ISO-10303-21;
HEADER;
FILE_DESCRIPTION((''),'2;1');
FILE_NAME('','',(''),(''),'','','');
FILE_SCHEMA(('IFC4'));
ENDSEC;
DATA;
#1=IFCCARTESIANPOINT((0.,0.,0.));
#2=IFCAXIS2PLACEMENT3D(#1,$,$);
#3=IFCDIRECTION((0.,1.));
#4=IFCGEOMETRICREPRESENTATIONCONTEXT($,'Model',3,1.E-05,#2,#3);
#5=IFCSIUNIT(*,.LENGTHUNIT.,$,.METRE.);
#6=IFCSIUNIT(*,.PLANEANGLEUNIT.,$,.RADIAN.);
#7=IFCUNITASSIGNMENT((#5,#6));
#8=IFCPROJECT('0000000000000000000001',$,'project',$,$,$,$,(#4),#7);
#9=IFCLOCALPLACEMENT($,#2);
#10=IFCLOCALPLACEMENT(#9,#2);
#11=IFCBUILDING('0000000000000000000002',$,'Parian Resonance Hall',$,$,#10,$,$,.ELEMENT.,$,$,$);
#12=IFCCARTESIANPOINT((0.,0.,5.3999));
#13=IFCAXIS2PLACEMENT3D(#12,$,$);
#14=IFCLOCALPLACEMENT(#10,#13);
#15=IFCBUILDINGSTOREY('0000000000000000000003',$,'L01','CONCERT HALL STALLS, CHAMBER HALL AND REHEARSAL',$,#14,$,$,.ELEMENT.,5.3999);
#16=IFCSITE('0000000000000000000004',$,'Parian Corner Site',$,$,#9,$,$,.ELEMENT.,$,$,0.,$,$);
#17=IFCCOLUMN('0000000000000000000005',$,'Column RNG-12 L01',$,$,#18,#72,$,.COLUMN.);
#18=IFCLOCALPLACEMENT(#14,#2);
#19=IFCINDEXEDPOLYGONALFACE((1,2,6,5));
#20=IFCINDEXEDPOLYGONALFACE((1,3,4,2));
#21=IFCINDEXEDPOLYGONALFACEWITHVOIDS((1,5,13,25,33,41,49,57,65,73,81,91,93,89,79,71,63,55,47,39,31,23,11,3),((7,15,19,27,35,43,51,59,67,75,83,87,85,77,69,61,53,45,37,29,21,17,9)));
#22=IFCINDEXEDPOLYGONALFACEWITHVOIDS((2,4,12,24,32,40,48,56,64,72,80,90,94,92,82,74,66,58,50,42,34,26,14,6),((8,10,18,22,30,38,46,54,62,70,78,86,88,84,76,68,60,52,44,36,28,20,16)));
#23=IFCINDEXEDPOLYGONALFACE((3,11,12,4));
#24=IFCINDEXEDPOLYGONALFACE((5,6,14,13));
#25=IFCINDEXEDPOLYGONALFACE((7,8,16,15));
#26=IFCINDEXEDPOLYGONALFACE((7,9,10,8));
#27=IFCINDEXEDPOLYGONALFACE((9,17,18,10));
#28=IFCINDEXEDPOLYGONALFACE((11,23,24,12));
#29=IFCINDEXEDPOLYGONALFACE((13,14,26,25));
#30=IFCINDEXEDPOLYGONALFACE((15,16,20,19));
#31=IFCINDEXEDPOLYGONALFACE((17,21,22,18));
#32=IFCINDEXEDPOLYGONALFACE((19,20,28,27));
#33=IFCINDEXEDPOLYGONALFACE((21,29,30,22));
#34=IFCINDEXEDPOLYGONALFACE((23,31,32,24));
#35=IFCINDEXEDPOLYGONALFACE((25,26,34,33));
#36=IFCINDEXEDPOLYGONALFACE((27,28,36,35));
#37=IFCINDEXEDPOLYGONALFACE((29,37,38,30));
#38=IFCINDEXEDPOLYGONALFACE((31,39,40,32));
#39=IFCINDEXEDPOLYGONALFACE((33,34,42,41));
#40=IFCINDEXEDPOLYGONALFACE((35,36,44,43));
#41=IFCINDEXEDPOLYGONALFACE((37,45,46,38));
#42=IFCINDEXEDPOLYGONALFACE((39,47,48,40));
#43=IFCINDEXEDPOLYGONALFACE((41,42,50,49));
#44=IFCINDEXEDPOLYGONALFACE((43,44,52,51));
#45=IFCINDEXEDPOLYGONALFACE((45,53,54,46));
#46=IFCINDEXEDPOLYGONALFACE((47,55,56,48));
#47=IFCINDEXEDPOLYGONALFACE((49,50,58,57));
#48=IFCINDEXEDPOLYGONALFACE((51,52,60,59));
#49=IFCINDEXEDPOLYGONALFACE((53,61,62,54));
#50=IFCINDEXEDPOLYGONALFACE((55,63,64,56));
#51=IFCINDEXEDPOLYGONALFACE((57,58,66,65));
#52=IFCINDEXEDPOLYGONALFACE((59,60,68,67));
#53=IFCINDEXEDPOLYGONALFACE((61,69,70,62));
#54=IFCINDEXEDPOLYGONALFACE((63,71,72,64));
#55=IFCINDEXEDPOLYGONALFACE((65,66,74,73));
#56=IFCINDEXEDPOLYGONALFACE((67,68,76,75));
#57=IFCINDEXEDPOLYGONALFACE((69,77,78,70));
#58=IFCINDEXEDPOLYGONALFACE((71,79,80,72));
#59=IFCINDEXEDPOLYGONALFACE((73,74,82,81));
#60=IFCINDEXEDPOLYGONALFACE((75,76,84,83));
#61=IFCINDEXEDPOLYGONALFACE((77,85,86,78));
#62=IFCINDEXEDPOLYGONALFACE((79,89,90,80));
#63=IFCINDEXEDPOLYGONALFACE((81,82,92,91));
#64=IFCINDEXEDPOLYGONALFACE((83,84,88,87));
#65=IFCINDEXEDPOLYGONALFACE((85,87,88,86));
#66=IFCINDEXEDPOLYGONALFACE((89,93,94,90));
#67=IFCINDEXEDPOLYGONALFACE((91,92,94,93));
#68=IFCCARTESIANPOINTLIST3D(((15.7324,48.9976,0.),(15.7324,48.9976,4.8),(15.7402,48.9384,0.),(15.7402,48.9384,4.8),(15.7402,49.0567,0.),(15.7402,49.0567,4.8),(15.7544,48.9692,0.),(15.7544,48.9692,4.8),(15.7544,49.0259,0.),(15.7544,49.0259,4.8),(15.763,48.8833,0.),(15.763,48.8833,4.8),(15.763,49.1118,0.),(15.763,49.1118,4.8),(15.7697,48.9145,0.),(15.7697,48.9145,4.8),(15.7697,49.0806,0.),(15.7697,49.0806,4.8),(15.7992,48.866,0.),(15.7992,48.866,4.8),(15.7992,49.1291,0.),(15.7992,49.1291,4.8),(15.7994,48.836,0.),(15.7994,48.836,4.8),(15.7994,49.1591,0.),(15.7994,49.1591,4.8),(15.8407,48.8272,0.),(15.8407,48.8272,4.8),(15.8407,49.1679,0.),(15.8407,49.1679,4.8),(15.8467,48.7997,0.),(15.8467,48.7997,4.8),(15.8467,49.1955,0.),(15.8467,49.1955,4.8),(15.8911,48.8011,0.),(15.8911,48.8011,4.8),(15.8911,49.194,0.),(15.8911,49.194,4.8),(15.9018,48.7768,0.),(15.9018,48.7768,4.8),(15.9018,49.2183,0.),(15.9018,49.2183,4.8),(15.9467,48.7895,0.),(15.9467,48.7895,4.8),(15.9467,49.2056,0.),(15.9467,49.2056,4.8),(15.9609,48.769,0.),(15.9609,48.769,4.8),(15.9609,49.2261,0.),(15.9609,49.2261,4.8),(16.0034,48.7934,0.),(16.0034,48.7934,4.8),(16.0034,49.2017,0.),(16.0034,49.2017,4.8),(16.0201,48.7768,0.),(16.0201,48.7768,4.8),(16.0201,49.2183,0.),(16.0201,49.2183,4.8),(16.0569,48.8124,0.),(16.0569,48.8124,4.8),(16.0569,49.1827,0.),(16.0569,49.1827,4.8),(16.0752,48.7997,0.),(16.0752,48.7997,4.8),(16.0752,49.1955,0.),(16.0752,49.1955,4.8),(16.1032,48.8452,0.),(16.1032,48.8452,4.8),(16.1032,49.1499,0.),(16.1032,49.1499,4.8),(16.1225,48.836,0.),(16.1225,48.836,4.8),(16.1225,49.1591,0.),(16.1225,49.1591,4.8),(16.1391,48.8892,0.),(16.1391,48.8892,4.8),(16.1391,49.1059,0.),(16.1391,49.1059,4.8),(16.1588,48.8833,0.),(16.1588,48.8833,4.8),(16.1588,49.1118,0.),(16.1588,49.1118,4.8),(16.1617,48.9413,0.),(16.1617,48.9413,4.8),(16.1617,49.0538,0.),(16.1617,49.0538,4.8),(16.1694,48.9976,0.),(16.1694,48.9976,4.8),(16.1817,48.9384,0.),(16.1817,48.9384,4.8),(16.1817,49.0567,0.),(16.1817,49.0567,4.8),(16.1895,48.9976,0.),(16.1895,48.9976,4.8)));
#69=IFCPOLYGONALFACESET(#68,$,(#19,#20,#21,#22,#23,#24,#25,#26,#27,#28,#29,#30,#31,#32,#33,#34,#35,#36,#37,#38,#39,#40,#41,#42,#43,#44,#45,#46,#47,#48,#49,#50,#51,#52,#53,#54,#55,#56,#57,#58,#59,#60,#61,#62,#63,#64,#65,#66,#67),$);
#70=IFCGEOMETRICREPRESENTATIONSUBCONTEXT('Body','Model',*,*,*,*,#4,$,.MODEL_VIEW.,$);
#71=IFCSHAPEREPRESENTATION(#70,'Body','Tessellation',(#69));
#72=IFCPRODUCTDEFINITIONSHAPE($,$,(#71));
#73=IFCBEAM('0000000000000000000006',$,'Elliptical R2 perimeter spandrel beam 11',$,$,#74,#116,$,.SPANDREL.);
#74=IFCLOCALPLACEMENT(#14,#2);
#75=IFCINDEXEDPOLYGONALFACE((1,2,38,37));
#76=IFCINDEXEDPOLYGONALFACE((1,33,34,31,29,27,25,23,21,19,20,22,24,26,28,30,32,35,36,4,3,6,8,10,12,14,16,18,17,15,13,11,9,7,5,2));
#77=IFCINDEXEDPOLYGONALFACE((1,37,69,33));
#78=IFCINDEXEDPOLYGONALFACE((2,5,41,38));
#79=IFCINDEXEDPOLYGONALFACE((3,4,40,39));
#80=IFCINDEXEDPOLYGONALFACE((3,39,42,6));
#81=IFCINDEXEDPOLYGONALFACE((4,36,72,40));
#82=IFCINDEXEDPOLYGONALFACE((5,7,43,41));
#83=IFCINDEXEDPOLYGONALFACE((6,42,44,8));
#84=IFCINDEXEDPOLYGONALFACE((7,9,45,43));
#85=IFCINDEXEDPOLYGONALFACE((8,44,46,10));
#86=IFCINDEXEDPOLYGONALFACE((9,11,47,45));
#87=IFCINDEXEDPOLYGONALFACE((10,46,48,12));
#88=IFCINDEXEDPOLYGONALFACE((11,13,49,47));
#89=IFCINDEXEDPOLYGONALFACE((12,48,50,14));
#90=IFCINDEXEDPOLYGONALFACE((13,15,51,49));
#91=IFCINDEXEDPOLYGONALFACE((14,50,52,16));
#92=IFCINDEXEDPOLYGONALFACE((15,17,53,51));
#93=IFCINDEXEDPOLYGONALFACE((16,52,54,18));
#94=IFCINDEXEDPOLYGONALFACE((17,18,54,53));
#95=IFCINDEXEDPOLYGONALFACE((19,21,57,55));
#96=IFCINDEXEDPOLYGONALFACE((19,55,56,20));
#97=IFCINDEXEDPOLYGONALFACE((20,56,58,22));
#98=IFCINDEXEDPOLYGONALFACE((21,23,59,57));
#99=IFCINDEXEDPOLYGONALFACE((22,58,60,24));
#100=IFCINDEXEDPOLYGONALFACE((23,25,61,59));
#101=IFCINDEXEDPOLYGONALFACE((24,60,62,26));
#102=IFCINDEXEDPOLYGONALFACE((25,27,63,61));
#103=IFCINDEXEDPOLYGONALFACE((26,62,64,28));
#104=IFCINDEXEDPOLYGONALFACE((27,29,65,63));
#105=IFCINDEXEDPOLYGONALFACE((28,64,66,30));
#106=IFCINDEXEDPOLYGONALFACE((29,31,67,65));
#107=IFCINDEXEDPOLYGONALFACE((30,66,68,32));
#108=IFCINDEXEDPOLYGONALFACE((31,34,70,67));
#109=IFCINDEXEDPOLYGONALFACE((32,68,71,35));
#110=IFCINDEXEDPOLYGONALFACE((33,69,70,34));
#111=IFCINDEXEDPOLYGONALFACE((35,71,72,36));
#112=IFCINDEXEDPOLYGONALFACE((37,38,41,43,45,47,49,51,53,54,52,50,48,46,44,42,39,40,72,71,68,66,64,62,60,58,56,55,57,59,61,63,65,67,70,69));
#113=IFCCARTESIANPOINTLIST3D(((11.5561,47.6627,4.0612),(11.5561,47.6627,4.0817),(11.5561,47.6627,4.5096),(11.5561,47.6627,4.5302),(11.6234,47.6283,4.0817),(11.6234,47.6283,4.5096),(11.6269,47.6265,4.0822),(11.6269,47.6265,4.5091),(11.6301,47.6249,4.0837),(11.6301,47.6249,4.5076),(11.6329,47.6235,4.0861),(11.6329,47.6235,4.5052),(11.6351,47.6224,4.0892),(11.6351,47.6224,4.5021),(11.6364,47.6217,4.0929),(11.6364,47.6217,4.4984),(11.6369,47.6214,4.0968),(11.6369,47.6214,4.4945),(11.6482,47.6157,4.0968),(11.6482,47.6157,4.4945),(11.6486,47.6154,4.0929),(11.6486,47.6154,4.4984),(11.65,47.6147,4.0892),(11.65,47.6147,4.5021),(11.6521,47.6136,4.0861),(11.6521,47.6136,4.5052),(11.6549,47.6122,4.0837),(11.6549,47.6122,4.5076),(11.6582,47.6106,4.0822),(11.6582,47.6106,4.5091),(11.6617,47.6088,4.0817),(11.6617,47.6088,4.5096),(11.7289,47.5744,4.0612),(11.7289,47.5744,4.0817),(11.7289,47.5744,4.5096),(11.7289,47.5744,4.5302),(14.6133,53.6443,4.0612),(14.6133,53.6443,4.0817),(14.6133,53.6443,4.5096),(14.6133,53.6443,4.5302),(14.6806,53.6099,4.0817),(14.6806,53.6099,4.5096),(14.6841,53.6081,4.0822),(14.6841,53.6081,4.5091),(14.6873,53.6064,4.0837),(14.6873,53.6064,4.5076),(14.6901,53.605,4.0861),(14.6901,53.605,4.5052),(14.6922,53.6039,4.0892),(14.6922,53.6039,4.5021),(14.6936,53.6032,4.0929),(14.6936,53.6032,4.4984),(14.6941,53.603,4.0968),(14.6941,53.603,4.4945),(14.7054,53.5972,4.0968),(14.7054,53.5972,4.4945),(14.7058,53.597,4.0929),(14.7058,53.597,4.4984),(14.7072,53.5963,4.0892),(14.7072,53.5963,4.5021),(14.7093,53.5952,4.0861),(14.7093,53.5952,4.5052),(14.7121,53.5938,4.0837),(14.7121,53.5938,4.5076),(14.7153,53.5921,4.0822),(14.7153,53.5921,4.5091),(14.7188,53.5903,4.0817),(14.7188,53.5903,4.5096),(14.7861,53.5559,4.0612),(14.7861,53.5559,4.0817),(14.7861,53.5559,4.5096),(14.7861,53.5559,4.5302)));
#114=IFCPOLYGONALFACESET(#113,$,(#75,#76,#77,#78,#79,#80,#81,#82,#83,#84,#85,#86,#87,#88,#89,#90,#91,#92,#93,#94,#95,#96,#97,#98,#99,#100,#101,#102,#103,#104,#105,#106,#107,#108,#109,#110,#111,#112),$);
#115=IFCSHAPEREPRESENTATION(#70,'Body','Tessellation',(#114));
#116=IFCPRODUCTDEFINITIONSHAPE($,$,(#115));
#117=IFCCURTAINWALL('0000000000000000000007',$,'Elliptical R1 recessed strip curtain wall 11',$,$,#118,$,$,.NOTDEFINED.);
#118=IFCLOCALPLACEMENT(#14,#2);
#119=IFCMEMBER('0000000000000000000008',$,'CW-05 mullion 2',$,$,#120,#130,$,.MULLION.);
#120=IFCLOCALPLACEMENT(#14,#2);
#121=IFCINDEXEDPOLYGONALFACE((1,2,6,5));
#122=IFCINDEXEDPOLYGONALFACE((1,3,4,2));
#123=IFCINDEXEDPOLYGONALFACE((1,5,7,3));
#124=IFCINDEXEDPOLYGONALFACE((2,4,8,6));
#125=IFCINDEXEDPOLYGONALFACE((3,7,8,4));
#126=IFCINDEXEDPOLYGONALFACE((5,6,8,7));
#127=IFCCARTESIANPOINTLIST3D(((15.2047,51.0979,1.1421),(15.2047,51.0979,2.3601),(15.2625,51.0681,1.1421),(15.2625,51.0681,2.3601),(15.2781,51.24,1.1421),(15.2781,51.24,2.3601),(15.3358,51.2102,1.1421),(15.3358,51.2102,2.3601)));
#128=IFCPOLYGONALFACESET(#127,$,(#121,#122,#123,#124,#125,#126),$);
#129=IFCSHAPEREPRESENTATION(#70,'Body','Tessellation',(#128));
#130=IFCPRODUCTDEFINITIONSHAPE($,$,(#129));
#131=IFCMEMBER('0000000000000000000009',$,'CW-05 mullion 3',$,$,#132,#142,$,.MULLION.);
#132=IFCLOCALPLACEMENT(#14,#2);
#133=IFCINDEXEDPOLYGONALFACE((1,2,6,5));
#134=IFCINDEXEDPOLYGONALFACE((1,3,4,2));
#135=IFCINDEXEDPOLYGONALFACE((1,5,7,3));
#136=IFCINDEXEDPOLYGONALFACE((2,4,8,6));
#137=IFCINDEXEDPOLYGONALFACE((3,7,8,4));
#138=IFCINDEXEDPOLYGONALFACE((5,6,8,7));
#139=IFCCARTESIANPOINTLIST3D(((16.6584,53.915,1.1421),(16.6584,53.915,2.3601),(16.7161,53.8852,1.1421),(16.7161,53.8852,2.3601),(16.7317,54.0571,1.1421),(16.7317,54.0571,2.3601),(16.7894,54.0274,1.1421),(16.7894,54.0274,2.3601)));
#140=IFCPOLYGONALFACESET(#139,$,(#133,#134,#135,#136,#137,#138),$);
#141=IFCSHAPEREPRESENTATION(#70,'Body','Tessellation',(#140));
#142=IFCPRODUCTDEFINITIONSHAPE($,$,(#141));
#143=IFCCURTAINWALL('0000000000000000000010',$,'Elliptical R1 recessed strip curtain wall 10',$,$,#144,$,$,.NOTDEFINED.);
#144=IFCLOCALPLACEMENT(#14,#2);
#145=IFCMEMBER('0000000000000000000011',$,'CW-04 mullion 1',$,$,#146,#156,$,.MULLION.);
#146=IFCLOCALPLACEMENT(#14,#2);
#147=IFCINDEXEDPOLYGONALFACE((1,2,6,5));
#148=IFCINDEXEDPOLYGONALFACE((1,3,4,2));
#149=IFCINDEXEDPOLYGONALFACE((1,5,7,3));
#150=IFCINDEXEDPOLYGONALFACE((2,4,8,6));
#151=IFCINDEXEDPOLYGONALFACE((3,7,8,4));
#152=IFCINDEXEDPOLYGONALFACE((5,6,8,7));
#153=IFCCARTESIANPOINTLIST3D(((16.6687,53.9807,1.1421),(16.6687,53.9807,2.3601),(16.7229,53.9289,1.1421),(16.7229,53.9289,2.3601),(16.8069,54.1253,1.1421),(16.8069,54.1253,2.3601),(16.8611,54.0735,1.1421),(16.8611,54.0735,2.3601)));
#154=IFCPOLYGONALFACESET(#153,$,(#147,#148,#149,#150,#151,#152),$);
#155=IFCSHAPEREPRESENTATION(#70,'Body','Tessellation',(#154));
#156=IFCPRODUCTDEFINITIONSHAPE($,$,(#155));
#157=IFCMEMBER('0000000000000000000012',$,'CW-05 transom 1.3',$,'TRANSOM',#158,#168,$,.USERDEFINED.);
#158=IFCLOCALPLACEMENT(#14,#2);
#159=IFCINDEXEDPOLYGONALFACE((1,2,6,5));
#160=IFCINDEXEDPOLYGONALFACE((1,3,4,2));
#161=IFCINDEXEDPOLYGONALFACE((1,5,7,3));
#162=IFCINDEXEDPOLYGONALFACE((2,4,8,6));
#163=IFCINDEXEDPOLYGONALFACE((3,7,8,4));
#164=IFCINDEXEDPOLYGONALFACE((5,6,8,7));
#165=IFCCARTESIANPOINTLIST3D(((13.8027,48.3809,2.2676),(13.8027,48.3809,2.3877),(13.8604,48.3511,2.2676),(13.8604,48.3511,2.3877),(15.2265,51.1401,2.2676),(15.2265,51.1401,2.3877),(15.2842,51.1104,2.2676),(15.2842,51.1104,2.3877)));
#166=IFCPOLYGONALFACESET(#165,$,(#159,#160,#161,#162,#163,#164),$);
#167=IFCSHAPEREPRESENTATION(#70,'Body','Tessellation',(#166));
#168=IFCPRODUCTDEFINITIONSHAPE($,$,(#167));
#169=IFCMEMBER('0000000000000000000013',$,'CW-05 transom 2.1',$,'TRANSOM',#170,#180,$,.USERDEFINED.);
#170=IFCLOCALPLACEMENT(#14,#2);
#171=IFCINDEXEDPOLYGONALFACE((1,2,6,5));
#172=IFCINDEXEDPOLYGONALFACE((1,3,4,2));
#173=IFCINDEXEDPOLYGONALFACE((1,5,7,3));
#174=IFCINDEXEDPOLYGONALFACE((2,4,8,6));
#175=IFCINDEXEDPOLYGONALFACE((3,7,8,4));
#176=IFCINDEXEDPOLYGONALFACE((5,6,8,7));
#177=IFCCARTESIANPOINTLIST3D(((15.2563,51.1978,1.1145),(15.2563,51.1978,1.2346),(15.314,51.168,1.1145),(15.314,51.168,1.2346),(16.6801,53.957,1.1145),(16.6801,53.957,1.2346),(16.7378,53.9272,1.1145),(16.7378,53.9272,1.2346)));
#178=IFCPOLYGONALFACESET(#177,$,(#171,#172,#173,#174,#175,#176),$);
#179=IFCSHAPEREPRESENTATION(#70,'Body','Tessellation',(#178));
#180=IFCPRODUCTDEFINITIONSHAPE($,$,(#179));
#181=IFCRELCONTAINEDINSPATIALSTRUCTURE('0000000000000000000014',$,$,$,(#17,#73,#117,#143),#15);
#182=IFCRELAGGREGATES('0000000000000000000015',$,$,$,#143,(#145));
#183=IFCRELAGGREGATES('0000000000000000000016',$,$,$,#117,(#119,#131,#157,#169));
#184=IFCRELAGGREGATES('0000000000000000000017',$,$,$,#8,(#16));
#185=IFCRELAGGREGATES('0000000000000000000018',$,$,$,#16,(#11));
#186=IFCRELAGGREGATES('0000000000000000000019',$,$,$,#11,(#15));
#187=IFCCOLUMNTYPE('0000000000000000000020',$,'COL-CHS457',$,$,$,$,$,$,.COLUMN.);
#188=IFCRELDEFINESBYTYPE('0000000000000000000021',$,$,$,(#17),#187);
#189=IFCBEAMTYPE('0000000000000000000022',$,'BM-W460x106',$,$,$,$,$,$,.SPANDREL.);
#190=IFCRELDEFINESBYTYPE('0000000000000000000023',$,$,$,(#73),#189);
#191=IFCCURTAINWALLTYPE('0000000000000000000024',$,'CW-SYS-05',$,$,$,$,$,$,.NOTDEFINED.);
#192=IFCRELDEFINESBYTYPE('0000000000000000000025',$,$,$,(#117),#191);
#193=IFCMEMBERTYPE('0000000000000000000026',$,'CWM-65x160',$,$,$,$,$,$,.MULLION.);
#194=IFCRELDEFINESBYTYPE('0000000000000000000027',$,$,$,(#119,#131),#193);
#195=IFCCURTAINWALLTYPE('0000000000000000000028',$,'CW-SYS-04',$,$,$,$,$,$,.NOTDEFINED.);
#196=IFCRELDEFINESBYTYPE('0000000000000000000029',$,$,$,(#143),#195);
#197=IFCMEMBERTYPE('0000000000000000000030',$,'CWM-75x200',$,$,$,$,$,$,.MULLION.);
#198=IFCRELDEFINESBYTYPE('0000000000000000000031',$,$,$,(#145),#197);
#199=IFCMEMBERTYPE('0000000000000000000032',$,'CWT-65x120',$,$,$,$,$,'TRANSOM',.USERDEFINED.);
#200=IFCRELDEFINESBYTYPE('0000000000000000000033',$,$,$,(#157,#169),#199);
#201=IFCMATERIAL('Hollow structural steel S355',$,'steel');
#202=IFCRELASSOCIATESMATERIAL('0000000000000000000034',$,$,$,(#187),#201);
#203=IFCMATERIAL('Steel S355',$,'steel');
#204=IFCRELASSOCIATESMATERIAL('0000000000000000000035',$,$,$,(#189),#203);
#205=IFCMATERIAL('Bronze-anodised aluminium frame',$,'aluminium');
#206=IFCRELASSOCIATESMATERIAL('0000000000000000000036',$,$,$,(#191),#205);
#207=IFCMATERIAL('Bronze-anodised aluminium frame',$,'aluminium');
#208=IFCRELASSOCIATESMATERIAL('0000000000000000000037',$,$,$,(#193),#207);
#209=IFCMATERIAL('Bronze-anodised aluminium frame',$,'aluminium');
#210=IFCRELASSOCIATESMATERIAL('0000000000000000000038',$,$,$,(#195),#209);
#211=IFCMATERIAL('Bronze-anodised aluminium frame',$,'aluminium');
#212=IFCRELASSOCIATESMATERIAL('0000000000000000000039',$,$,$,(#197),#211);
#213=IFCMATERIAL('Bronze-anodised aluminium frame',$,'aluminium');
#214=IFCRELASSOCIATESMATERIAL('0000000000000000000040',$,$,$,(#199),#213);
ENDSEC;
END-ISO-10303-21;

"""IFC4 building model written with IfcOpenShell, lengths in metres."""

from ifc_helpers import new_model, si_unit, direction, frame, origin, origin_2d, place, context, subcontext, project, spatial, rectangle, hollow_circle, i_section, extrude, material, material_profile, profile_set, type_object, element, aggregate, save


model = new_model("IFC4")

# Units and contexts
model_context = context("Model", 3, precision=1e-05, world=origin(), true_north=direction((0.0, 1.0)))
body_context = subcontext(model_context, "Body", "Model", "MODEL_VIEW")
ifc_project = project(units=[si_unit("LENGTHUNIT", "METRE"), si_unit("PLANEANGLEUNIT", "RADIAN")], contexts=[model_context])

# Site, building, storey
site_placement = place(None, origin())
site = spatial("IfcSite", under=ifc_project, at=site_placement, Name="Parian Corner Site", CompositionType="ELEMENT", RefElevation=0.0)
building_placement = place(site_placement, origin())
building = spatial("IfcBuilding", under=site, at=building_placement, Name="Parian Resonance Hall", CompositionType="ELEMENT")
storey_placement = place(building_placement, frame((0.0, 0.0, 5.3999)))
storey = spatial("IfcBuildingStorey", under=building, at=storey_placement, Name="L01", Description="CONCERT HALL STALLS, CHAMBER HALL AND REHEARSAL", CompositionType="ELEMENT", Elevation=5.3999)

# Column
ifc_material_1 = material(Name="Hollow structural steel S355", Category="steel")
ifc_material_profile_1 = material_profile(ifc_material_1, hollow_circle(Radius=0.2285, WallThickness=0.02, at=origin_2d()), Name="CHS457x20")
ifc_profile_set_1 = profile_set([ifc_material_profile_1], Name="Hollow structural steel S355")
column_type = type_object("IfcColumnType", Name="COL-CHS457", PredefinedType="COLUMN", material=ifc_profile_set_1)
column_placement = place(storey_placement, frame((15.9609, 48.9976, 0.0), z_axis=(0.0, 0.0, 1.0), x_axis=(1.0, 0.0, 0.0)))
element("IfcColumn", 1, at=column_placement, inside=storey, type_object=column_type, Name="Column RNG-12 L01", PredefinedType="COLUMN", context=body_context, shape_type="SweptSolid", body=[
    extrude(hollow_circle(Radius=0.2285, WallThickness=0.02, at=origin_2d()), origin(), (0.0, 0.0, 1.0), 4.8),
])

# Beam
ifc_material_2 = material(Name="Steel S355", Category="steel")
ifc_material_profile_2 = material_profile(ifc_material_2, i_section(OverallWidth=0.1941, OverallDepth=0.469, WebThickness=0.0127, FlangeThickness=0.0205, FilletRadius=0.0151, at=origin_2d()), Name="W460x106")
ifc_profile_set_2 = profile_set([ifc_material_profile_2], Name="Steel S355")
beam_type = type_object("IfcBeamType", Name="BM-W460x106", PredefinedType="SPANDREL", material=ifc_profile_set_2)
beam_placement = place(storey_placement, frame((14.6997, 53.6001, 4.2957), z_axis=(-0.455105, -0.890438, 0.0), x_axis=(0.890438, -0.455105, 0.0)))
element("IfcBeam", 2, at=beam_placement, inside=storey, type_object=beam_type, Name="Elliptical R2 perimeter spandrel beam 11", PredefinedType="SPANDREL", context=body_context, shape_type="SweptSolid", body=[
    extrude(i_section(OverallWidth=0.1941, OverallDepth=0.469, WebThickness=0.0127, FlangeThickness=0.0205, FilletRadius=0.0151, at=origin_2d()), origin(), (0.0, 0.0, 1.0), 6.7175),
])

# Curtain wall, members
ifc_material_3 = material(Name="Bronze-anodised aluminium frame", Category="aluminium")
curtain_wall_type_1 = type_object("IfcCurtainWallType", Name="CW-SYS-05", PredefinedType="NOTDEFINED", material=ifc_material_3)
curtain_wall_1_placement = place(storey_placement, origin())
curtain_wall_1 = element("IfcCurtainWall", 3, at=curtain_wall_1_placement, inside=storey, type_object=curtain_wall_type_1, Name="Elliptical R1 recessed strip curtain wall 11", PredefinedType="NOTDEFINED")
ifc_material_4 = material(Name="Bronze-anodised aluminium frame", Category="aluminium")
ifc_material_profile_3 = material_profile(ifc_material_4, rectangle(XDim=0.0649, YDim=0.1599, at=origin_2d()), Name="CWM-65x160")
ifc_profile_set_3 = profile_set([ifc_material_profile_3], Name="Bronze-anodised aluminium frame")
member_type_1 = type_object("IfcMemberType", Name="CWM-65x160", PredefinedType="MULLION", material=ifc_profile_set_3)
member_1_placement = place(storey_placement, frame((15.2703, 51.1541, 1.1421), z_axis=(0.0, 0.0, 1.0), x_axis=(-0.888662, 0.458562, 0.0)))
member_1 = element("IfcMember", 4, at=member_1_placement, type_object=member_type_1, Name="CW-05 mullion 2", PredefinedType="MULLION", context=body_context, shape_type="SweptSolid", body=[
    extrude(rectangle(XDim=0.0649, YDim=0.1599, at=origin_2d()), origin(), (0.0, 0.0, 1.0), 1.218),
])
member_2_placement = place(storey_placement, frame((16.7239, 53.9712, 1.1421), z_axis=(0.0, 0.0, 1.0), x_axis=(-0.888662, 0.458562, 0.0)))
member_2 = element("IfcMember", 5, at=member_2_placement, type_object=member_type_1, Name="CW-05 mullion 3", PredefinedType="MULLION", context=body_context, shape_type="SweptSolid", body=[
    extrude(rectangle(XDim=0.0649, YDim=0.1599, at=origin_2d()), origin(), (0.0, 0.0, 1.0), 1.218),
])

# Curtain wall, member
ifc_material_5 = material(Name="Bronze-anodised aluminium frame", Category="aluminium")
curtain_wall_type_2 = type_object("IfcCurtainWallType", Name="CW-SYS-04", PredefinedType="NOTDEFINED", material=ifc_material_5)
curtain_wall_2_placement = place(storey_placement, origin())
curtain_wall_2 = element("IfcCurtainWall", 6, at=curtain_wall_2_placement, inside=storey, type_object=curtain_wall_type_2, Name="Elliptical R1 recessed strip curtain wall 10", PredefinedType="NOTDEFINED")
ifc_material_6 = material(Name="Bronze-anodised aluminium frame", Category="aluminium")
ifc_material_profile_4 = material_profile(ifc_material_6, rectangle(XDim=0.075, YDim=0.2, at=origin_2d()), Name="CWM-75x200")
ifc_profile_set_4 = profile_set([ifc_material_profile_4], Name="Bronze-anodised aluminium frame")
member_type_2 = type_object("IfcMemberType", Name="CWM-75x200", PredefinedType="MULLION", material=ifc_profile_set_4)
member_3_placement = place(storey_placement, frame((16.7649, 54.0271, 1.1421), z_axis=(0.0, 0.0, 1.0), x_axis=(-0.722863, 0.690991, 0.0)))
member_3 = element("IfcMember", 7, at=member_3_placement, type_object=member_type_2, Name="CW-04 mullion 1", PredefinedType="MULLION", context=body_context, shape_type="SweptSolid", body=[
    extrude(rectangle(XDim=0.075, YDim=0.2, at=origin_2d()), origin(), (0.0, 0.0, 1.0), 1.218),
])

# Members
ifc_material_7 = material(Name="Bronze-anodised aluminium frame", Category="aluminium")
ifc_material_profile_5 = material_profile(ifc_material_7, rectangle(XDim=0.0649, YDim=0.1201, at=origin_2d()), Name="CWT-65x120")
ifc_profile_set_5 = profile_set([ifc_material_profile_5], Name="Bronze-anodised aluminium frame")
member_type_3 = type_object("IfcMemberType", Name="CWT-65x120", ElementType="TRANSOM", PredefinedType="USERDEFINED", material=ifc_profile_set_5)
member_4_placement = place(storey_placement, frame((13.8315, 48.366, 2.3276), z_axis=(0.458563, 0.888662, 0.0), x_axis=(-0.888662, 0.458563, 0.0)))
member_4 = element("IfcMember", 8, at=member_4_placement, type_object=member_type_3, Name="CW-05 transom 1.3", ObjectType="TRANSOM", PredefinedType="USERDEFINED", context=body_context, shape_type="SweptSolid", body=[
    extrude(rectangle(XDim=0.0649, YDim=0.1201, at=origin_2d()), origin(), (0.0, 0.0, 1.0), 3.105),
])
member_5_placement = place(storey_placement, frame((15.2852, 51.1829, 1.1746), z_axis=(0.458563, 0.888662, 0.0), x_axis=(-0.888662, 0.458563, 0.0)))
member_5 = element("IfcMember", 9, at=member_5_placement, type_object=member_type_3, Name="CW-05 transom 2.1", ObjectType="TRANSOM", PredefinedType="USERDEFINED", context=body_context, shape_type="SweptSolid", body=[
    extrude(rectangle(XDim=0.0649, YDim=0.1201, at=origin_2d()), origin(), (0.0, 0.0, 1.0), 3.105),
])
aggregate(curtain_wall_2, [member_3])

aggregate(curtain_wall_1, [member_1, member_2, member_4, member_5])

save(model, "model.ifc")
